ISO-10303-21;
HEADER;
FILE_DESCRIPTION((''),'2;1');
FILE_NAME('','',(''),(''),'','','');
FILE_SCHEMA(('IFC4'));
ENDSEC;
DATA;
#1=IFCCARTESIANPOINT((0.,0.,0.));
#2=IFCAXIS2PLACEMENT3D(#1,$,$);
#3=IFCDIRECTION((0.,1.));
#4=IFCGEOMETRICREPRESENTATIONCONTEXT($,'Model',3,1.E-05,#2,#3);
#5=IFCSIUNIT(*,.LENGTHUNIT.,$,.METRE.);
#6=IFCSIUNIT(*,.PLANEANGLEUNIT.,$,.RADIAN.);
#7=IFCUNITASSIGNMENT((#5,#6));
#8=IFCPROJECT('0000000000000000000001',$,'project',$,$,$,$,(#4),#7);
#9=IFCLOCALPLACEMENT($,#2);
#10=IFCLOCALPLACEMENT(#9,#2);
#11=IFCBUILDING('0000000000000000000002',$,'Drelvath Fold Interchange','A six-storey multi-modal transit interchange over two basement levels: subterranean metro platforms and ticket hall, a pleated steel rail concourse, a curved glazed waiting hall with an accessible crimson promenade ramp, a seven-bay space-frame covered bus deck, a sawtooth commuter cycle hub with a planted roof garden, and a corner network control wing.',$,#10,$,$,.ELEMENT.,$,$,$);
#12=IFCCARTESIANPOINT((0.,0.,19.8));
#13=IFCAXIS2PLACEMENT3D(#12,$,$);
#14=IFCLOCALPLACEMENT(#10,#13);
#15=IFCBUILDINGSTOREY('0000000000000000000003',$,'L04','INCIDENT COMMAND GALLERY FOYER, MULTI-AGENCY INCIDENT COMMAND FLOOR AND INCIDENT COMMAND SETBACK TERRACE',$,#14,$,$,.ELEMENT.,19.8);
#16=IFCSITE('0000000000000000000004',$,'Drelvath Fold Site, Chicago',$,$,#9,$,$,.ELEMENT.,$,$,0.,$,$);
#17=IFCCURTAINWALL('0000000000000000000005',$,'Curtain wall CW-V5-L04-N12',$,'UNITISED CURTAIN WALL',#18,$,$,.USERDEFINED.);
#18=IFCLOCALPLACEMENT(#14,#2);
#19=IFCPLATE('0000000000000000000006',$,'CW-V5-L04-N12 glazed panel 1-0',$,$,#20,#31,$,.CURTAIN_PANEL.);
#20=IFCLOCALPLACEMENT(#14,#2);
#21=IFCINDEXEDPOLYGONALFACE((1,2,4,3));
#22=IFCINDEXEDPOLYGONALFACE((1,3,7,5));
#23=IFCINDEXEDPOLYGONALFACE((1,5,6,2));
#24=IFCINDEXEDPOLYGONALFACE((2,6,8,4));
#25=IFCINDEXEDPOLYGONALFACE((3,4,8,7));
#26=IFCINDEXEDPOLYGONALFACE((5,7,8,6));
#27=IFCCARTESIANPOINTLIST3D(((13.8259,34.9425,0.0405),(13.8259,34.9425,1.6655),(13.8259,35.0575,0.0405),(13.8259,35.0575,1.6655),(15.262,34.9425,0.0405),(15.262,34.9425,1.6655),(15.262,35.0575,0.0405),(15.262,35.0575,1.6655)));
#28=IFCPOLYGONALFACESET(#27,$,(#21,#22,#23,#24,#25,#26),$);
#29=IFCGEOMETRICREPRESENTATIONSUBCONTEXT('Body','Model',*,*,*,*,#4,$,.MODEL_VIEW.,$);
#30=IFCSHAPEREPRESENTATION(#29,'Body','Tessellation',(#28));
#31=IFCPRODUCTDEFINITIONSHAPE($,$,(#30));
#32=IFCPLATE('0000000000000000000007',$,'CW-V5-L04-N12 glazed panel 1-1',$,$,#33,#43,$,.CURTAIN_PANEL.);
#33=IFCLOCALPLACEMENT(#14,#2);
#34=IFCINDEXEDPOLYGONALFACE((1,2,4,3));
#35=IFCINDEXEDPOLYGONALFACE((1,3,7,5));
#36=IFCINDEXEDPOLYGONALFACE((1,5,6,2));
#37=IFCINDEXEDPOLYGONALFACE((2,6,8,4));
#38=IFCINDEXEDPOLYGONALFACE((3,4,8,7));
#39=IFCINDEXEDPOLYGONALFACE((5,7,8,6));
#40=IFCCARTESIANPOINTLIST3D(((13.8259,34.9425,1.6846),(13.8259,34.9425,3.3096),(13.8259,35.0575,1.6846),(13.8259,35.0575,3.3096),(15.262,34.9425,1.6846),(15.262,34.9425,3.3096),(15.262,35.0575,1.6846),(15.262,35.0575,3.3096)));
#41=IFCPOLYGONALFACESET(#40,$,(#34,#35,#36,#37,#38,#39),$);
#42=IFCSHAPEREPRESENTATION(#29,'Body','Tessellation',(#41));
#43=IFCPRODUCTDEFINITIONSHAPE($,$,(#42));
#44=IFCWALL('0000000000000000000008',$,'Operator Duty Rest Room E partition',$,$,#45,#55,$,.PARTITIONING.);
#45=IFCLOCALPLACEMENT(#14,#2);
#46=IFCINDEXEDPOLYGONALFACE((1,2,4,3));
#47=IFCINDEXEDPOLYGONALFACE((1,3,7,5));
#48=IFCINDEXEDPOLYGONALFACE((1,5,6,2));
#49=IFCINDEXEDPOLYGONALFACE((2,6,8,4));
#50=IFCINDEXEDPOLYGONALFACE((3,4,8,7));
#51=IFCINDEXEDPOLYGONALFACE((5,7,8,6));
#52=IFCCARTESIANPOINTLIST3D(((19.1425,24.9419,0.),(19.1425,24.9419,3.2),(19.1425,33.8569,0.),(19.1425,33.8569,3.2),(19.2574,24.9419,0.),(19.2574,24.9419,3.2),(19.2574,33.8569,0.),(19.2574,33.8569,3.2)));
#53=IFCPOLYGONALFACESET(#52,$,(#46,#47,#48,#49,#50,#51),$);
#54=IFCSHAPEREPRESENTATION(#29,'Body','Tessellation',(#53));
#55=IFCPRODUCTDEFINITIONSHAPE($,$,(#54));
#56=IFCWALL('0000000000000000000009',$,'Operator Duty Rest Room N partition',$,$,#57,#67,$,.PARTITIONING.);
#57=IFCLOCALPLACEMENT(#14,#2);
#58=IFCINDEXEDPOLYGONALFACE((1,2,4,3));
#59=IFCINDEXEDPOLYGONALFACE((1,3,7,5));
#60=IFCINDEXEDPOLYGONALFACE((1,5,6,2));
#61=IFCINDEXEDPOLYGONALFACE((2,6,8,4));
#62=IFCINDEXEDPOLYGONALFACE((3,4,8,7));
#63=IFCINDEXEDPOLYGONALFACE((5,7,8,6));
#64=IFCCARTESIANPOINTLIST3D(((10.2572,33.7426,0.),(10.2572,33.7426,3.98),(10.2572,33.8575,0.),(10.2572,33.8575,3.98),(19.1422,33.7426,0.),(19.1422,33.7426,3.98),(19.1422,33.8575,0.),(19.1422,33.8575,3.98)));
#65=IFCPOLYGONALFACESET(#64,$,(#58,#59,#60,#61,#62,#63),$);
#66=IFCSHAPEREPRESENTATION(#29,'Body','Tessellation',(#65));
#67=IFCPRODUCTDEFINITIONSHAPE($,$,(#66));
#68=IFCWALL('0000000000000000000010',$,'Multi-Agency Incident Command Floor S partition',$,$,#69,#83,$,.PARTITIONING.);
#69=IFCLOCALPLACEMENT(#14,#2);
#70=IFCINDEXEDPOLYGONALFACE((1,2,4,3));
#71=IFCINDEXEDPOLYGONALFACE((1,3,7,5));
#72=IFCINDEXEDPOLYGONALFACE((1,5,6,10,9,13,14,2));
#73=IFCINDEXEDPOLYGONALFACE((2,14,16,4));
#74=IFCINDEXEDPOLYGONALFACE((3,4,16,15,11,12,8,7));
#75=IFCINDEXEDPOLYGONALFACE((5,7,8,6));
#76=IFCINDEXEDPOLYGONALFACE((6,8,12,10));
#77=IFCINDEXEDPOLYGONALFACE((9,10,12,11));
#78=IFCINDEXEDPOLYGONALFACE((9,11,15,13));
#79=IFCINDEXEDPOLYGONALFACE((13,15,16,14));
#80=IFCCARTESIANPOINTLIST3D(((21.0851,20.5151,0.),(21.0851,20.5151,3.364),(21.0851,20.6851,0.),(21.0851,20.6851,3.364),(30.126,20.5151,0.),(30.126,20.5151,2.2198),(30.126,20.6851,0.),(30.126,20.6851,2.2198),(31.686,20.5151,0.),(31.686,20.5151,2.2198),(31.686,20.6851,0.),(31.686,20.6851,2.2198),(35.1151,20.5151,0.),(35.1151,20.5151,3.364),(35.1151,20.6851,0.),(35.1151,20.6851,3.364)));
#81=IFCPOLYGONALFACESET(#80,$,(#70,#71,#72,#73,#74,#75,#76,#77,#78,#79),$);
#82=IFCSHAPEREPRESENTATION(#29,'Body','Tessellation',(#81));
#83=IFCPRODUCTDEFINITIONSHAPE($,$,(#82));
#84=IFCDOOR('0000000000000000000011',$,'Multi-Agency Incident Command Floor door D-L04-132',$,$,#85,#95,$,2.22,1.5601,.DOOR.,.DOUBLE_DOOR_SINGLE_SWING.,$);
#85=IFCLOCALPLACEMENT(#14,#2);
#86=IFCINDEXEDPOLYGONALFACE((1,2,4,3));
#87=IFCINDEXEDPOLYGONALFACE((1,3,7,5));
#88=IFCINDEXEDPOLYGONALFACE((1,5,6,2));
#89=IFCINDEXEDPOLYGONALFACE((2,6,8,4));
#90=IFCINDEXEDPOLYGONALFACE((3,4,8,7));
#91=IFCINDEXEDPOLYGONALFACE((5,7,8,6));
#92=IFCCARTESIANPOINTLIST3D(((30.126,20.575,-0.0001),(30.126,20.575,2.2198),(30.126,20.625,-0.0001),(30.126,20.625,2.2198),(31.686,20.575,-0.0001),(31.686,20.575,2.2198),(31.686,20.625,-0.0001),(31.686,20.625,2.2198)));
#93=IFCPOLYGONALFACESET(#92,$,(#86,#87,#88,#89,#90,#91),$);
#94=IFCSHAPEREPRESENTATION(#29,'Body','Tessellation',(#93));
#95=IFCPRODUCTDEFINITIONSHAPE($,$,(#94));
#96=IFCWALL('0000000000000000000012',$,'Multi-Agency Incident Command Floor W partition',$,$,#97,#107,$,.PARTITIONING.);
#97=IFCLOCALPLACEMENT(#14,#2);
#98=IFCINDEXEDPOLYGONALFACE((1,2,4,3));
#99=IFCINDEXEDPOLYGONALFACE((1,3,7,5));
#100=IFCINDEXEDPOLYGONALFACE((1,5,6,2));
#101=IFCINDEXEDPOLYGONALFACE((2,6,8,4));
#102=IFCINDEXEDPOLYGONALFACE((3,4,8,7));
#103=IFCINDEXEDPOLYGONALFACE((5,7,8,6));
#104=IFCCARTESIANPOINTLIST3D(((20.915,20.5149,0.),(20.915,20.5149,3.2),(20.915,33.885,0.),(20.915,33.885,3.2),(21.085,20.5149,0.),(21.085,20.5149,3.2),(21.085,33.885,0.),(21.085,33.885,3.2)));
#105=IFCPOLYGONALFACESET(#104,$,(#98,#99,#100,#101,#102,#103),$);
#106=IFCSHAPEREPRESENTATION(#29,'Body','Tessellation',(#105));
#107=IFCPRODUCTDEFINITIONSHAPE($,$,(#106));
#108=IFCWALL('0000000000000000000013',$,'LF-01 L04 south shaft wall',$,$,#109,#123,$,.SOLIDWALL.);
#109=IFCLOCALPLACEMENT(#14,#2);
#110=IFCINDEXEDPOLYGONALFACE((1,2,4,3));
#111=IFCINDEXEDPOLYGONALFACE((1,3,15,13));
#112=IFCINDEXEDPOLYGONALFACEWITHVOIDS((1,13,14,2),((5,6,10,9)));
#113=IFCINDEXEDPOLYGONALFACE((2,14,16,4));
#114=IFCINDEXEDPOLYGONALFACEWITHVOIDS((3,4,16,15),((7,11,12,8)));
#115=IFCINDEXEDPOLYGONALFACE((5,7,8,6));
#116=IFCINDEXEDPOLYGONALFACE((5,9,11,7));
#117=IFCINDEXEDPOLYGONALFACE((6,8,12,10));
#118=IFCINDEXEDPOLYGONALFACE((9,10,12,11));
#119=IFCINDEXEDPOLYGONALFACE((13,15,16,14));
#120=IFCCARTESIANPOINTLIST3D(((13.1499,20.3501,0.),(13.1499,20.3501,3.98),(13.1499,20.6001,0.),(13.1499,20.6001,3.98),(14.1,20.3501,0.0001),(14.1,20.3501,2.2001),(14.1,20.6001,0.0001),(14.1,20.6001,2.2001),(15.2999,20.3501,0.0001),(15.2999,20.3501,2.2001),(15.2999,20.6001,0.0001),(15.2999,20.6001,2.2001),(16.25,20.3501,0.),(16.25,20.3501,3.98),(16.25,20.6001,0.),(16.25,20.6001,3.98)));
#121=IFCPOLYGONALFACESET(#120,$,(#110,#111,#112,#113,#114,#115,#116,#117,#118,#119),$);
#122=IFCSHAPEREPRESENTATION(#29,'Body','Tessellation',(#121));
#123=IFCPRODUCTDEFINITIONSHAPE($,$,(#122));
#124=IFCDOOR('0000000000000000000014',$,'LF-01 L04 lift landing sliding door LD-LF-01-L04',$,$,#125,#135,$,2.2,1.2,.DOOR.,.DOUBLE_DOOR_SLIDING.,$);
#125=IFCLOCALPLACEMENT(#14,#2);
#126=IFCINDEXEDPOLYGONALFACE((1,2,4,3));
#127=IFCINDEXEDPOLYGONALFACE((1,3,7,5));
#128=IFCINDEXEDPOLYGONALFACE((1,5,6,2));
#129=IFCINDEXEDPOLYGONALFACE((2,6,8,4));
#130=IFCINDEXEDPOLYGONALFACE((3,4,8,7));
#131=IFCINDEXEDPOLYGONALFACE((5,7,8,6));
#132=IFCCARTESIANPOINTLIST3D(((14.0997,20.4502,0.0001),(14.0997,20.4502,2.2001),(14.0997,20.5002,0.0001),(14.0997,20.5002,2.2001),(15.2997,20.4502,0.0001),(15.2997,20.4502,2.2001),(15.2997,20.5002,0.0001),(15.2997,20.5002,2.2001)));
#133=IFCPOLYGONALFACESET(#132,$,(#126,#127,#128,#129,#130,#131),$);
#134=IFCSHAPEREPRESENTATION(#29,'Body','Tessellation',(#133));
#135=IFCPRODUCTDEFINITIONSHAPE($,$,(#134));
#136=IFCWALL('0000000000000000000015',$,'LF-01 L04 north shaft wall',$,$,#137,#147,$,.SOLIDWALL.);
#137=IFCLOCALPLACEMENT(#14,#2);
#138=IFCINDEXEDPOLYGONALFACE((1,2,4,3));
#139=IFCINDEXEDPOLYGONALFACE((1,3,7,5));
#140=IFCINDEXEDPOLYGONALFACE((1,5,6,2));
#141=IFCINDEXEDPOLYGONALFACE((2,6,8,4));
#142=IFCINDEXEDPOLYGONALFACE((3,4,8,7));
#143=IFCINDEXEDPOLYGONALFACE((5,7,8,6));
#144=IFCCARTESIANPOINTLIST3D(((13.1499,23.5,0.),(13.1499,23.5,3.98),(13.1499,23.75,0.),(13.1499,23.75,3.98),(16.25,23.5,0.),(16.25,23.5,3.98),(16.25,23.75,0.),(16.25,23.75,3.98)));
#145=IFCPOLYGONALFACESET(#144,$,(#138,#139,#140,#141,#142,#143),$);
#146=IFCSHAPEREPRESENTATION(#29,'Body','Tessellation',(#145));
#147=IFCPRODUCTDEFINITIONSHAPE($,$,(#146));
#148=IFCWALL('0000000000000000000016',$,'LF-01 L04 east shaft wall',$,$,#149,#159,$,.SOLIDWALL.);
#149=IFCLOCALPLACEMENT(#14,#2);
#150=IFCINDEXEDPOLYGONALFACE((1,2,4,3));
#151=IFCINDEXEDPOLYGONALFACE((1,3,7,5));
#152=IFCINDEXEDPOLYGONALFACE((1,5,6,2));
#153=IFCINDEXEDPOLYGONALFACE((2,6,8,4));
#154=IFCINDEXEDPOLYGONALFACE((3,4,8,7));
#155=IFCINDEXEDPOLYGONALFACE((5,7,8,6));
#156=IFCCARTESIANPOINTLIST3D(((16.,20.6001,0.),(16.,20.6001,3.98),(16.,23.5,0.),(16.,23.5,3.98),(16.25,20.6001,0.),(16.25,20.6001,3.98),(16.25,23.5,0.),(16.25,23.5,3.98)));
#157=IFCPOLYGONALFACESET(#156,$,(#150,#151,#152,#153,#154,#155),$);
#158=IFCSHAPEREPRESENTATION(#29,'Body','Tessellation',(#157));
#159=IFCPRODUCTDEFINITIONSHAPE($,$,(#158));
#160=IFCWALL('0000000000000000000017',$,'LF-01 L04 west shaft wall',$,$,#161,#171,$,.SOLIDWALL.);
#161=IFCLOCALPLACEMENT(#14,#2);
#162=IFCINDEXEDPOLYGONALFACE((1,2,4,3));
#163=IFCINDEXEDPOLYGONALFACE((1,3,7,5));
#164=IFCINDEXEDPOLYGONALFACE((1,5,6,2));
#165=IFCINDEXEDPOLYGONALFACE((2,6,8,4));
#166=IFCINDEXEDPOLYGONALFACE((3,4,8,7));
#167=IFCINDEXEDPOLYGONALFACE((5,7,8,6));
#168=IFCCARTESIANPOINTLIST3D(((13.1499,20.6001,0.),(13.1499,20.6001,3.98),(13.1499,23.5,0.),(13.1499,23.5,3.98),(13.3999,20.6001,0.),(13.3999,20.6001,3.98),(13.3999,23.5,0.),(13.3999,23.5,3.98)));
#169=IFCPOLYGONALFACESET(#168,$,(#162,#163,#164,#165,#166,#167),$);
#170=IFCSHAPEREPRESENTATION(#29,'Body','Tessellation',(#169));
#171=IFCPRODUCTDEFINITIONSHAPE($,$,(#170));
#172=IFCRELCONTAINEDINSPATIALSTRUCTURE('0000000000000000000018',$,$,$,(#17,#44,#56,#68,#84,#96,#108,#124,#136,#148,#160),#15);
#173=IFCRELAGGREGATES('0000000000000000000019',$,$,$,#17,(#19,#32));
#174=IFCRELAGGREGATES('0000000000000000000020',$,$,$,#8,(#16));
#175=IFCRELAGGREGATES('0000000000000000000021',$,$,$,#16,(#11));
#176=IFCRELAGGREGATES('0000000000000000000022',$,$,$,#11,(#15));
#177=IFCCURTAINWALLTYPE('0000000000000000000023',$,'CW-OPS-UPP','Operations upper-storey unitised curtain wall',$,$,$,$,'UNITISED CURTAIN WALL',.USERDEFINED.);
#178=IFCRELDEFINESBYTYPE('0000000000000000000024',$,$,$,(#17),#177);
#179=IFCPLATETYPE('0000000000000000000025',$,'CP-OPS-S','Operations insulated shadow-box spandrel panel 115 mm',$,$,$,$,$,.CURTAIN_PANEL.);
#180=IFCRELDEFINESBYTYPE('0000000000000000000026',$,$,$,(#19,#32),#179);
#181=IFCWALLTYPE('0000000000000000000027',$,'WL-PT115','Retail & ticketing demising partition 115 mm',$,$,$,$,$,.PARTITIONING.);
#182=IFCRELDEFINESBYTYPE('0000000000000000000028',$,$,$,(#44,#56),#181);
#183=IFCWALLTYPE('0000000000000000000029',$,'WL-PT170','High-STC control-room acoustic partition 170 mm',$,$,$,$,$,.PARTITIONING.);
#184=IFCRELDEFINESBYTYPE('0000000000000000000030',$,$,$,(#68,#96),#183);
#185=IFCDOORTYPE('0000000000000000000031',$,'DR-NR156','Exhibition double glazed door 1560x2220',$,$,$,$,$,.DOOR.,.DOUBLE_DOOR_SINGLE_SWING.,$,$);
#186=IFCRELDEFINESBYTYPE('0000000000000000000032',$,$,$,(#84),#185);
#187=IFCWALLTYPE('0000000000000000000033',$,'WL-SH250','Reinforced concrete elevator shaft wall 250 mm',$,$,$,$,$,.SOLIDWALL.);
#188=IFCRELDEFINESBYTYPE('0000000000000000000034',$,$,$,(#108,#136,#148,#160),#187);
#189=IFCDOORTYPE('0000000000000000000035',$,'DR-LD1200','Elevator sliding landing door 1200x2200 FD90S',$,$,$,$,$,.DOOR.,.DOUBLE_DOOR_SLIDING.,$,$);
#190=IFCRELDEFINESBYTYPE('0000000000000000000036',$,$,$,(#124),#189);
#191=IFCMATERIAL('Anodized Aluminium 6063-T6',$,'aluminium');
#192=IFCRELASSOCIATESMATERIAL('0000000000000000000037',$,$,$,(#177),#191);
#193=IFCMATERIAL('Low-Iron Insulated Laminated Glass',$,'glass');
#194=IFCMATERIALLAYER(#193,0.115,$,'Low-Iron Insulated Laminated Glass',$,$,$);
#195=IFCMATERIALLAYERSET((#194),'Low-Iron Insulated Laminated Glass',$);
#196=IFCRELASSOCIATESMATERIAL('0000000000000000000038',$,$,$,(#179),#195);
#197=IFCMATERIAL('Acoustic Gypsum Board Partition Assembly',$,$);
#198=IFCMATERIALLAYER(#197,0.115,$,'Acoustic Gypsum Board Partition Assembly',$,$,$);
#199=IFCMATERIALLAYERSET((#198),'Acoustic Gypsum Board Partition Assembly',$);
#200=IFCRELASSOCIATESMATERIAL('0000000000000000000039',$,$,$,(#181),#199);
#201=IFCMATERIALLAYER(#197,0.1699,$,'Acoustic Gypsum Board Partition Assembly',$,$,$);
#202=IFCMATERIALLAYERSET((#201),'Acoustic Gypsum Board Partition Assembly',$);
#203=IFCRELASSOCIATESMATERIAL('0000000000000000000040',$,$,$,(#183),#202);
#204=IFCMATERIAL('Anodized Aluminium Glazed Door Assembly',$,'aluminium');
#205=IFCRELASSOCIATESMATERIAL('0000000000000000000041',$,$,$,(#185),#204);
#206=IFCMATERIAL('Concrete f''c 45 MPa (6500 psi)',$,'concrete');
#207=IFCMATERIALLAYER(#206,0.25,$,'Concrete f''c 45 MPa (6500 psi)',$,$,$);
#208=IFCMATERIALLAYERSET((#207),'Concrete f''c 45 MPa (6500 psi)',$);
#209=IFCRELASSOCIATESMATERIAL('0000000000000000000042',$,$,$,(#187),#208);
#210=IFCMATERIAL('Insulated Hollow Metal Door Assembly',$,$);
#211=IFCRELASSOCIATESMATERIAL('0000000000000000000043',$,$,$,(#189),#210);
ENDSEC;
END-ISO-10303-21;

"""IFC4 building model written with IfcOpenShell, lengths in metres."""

from ifc_helpers import new_model, si_unit, direction, frame, frame_2d, origin, origin_2d, place, context, subcontext, project, spatial, rectangle, extrude, material, layer, layer_set, type_object, element, fill, aggregate, save


model = new_model("IFC4")

# Units and contexts
model_context = context("Model", 3, precision=1e-05, world=origin(), true_north=direction((0.0, 1.0)))
body_context = subcontext(model_context, "Body", "Model", "MODEL_VIEW")
ifc_project = project(units=[si_unit("LENGTHUNIT", "METRE"), si_unit("PLANEANGLEUNIT", "RADIAN")], contexts=[model_context])

# Site, building, storey
site_placement = place(None, origin())
site = spatial("IfcSite", under=ifc_project, at=site_placement, Name="Drelvath Fold Site, Chicago", CompositionType="ELEMENT", RefElevation=0.0)
building_placement = place(site_placement, origin())
building = spatial("IfcBuilding", under=site, at=building_placement, Name="Drelvath Fold Interchange", Description="A six-storey multi-modal transit interchange over two basement levels: subterranean metro platforms and ticket hall, a pleated steel rail concourse, a curved glazed waiting hall with an accessible crimson promenade ramp, a seven-bay space-frame covered bus deck, a sawtooth commuter cycle hub with a planted roof garden, and a corner network control wing.", CompositionType="ELEMENT")
storey_placement = place(building_placement, frame((0.0, 0.0, 19.8)))
storey = spatial("IfcBuildingStorey", under=building, at=storey_placement, Name="L04", Description="INCIDENT COMMAND GALLERY FOYER, MULTI-AGENCY INCIDENT COMMAND FLOOR AND INCIDENT COMMAND SETBACK TERRACE", CompositionType="ELEMENT", Elevation=19.8)

# Curtain wall, plates
ifc_material_1 = material(Name="Anodized Aluminium 6063-T6", Category="aluminium")
curtain_wall_type = type_object("IfcCurtainWallType", Name="CW-OPS-UPP", Description="Operations upper-storey unitised curtain wall", ElementType="UNITISED CURTAIN WALL", PredefinedType="USERDEFINED", material=ifc_material_1)
curtain_wall_placement = place(storey_placement, origin())
curtain_wall = element("IfcCurtainWall", 1, at=curtain_wall_placement, inside=storey, type_object=curtain_wall_type, Name="Curtain wall CW-V5-L04-N12", ObjectType="UNITISED CURTAIN WALL", PredefinedType="USERDEFINED")
ifc_material_2 = material(Name="Low-Iron Insulated Laminated Glass", Category="glass")
ifc_layer_1 = layer(ifc_material_2, 0.115, Name="Low-Iron Insulated Laminated Glass")
ifc_layer_set_1 = layer_set([ifc_layer_1], Name="Low-Iron Insulated Laminated Glass")
plate_type = type_object("IfcPlateType", Name="CP-OPS-S", Description="Operations insulated shadow-box spandrel panel 115 mm", PredefinedType="CURTAIN_PANEL", material=ifc_layer_set_1)
plate_1_placement = place(storey_placement, frame((14.5439, 35.0, 0.0405), z_axis=(0.0, 0.0, 1.0), x_axis=(1.0, 0.0, 0.0)))
plate_1 = element("IfcPlate", 2, at=plate_1_placement, type_object=plate_type, Name="CW-V5-L04-N12 glazed panel 1-0", PredefinedType="CURTAIN_PANEL", context=body_context, shape_type="SweptSolid", body=[
    extrude(rectangle(XDim=1.436, YDim=0.115, at=origin_2d()), origin(), (0.0, 0.0, 1.0), 1.625),
])
plate_2_placement = place(storey_placement, frame((14.5439, 35.0, 1.6846), z_axis=(0.0, 0.0, 1.0), x_axis=(1.0, 0.0, 0.0)))
plate_2 = element("IfcPlate", 3, at=plate_2_placement, type_object=plate_type, Name="CW-V5-L04-N12 glazed panel 1-1", PredefinedType="CURTAIN_PANEL", context=body_context, shape_type="SweptSolid", body=[
    extrude(rectangle(XDim=1.436, YDim=0.115, at=origin_2d()), origin(), (0.0, 0.0, 1.0), 1.625),
])
aggregate(curtain_wall, [plate_1, plate_2])

# Walls
ifc_material_3 = material(Name="Acoustic Gypsum Board Partition Assembly")
ifc_layer_2 = layer(ifc_material_3, 0.115, Name="Acoustic Gypsum Board Partition Assembly")
ifc_layer_set_2 = layer_set([ifc_layer_2], Name="Acoustic Gypsum Board Partition Assembly")
wall_type_1 = type_object("IfcWallType", Name="WL-PT115", Description="Retail & ticketing demising partition 115 mm", PredefinedType="PARTITIONING", material=ifc_layer_set_2)
wall_1_placement = place(storey_placement, frame((19.2, 24.9419, 0.0), z_axis=(0.0, 0.0, 1.0), x_axis=(0.0, 1.0, 0.0)))
element("IfcWall", 4, at=wall_1_placement, inside=storey, type_object=wall_type_1, Name="Operator Duty Rest Room E partition", PredefinedType="PARTITIONING", context=body_context, shape_type="SweptSolid", body=[
    extrude(rectangle(XDim=8.915, YDim=0.115, at=frame_2d((4.4575, 0.0))), origin(), (0.0, 0.0, 1.0), 3.2),
])
wall_2_placement = place(storey_placement, frame((19.1421, 33.8, 0.0), z_axis=(0.0, 0.0, 1.0), x_axis=(-1.0, 0.0, 0.0)))
element("IfcWall", 5, at=wall_2_placement, inside=storey, type_object=wall_type_1, Name="Operator Duty Rest Room N partition", PredefinedType="PARTITIONING", context=body_context, shape_type="SweptSolid", body=[
    extrude(rectangle(XDim=8.885, YDim=0.115, at=frame_2d((4.4424, 0.0))), origin(), (0.0, 0.0, 1.0), 3.98),
])

# Wall, opening, door
ifc_layer_3 = layer(ifc_material_3, 0.1699, Name="Acoustic Gypsum Board Partition Assembly")
ifc_layer_set_3 = layer_set([ifc_layer_3], Name="Acoustic Gypsum Board Partition Assembly")
wall_type_2 = type_object("IfcWallType", Name="WL-PT170", Description="High-STC control-room acoustic partition 170 mm", PredefinedType="PARTITIONING", material=ifc_layer_set_3)
wall_3_placement = place(storey_placement, frame((21.085, 20.6001, 0.0), z_axis=(0.0, 0.0, 1.0), x_axis=(1.0, 0.0, 0.0)))
wall_3 = element("IfcWall", 6, at=wall_3_placement, inside=storey, type_object=wall_type_2, Name="Multi-Agency Incident Command Floor S partition", PredefinedType="PARTITIONING", context=body_context, shape_type="SweptSolid", body=[
    extrude(rectangle(XDim=14.03, YDim=0.1699, at=frame_2d((7.0151, 0.0))), origin(), (0.0, 0.0, 1.0), 3.364),
])
opening_1_placement = place(wall_3_placement, frame((9.041, 0.0, 0.0)))
opening_1 = element("IfcOpeningElement", 7, at=opening_1_placement, cuts=wall_3, PredefinedType="OPENING", context=body_context, shape_type="SweptSolid", body=[
    extrude(rectangle(XDim=1.5601, YDim=2.22, at=frame_2d((0.78, 1.1099))), frame((0.0, 0.095, 0.0), z_axis=(0.0, -1.0, 0.0), x_axis=(1.0, 0.0, 0.0)), (0.0, 0.0, 1.0), 0.1899),
])
ifc_material_4 = material(Name="Anodized Aluminium Glazed Door Assembly", Category="aluminium")
door_type_1 = type_object("IfcDoorType", Name="DR-NR156", Description="Exhibition double glazed door 1560x2220", OperationType="DOUBLE_DOOR_SINGLE_SWING", PredefinedType="DOOR", material=ifc_material_4)
door_1_placement = place(opening_1_placement, origin())
door_1 = element("IfcDoor", 8, at=door_1_placement, inside=storey, type_object=door_type_1, Name="Multi-Agency Incident Command Floor door D-L04-132", OperationType="DOUBLE_DOOR_SINGLE_SWING", OverallHeight=2.22, OverallWidth=1.5601, PredefinedType="DOOR", context=body_context, shape_type="SweptSolid", body=[
    extrude(rectangle(XDim=1.5601, YDim=2.22, at=frame_2d((0.78, 1.1099))), frame((0.0, 0.0249, 0.0), z_axis=(0.0, -1.0, 0.0), x_axis=(1.0, 0.0, 0.0)), (0.0, 0.0, 1.0), 0.05),
])
fill(opening_1, door_1)

# Wall
wall_4_placement = place(storey_placement, frame((21.0, 33.885, 0.0), z_axis=(0.0, 0.0, 1.0), x_axis=(0.0, -1.0, 0.0)))
element("IfcWall", 9, at=wall_4_placement, inside=storey, type_object=wall_type_2, Name="Multi-Agency Incident Command Floor W partition", PredefinedType="PARTITIONING", context=body_context, shape_type="SweptSolid", body=[
    extrude(rectangle(XDim=13.3701, YDim=0.1699, at=frame_2d((6.6851, 0.0))), origin(), (0.0, 0.0, 1.0), 3.2),
])

# Wall, opening, door
ifc_material_5 = material(Name="Concrete f'c 45 MPa (6500 psi)", Category="concrete")
ifc_layer_4 = layer(ifc_material_5, 0.25, Name="Concrete f'c 45 MPa (6500 psi)")
ifc_layer_set_4 = layer_set([ifc_layer_4], Name="Concrete f'c 45 MPa (6500 psi)")
wall_type_3 = type_object("IfcWallType", Name="WL-SH250", Description="Reinforced concrete elevator shaft wall 250 mm", PredefinedType="SOLIDWALL", material=ifc_layer_set_4)
wall_5_placement = place(storey_placement, frame((13.1499, 20.4751, 0.0), z_axis=(0.0, 0.0, 1.0), x_axis=(1.0, 0.0, 0.0)))
wall_5 = element("IfcWall", 10, at=wall_5_placement, inside=storey, type_object=wall_type_3, Name="LF-01 L04 south shaft wall", PredefinedType="SOLIDWALL", context=body_context, shape_type="SweptSolid", body=[
    extrude(rectangle(XDim=3.1001, YDim=0.25, at=frame_2d((1.55, 0.0))), origin(), (0.0, 0.0, 1.0), 3.98),
])
opening_2_placement = place(wall_5_placement, frame((0.95, 0.0, 0.0)))
opening_2 = element("IfcOpeningElement", 11, at=opening_2_placement, cuts=wall_5, PredefinedType="OPENING", context=body_context, shape_type="SweptSolid", body=[
    extrude(rectangle(XDim=1.2, YDim=2.2, at=frame_2d((0.6001, 1.1001))), frame((0.0, 0.135, 0.0), z_axis=(0.0, -1.0, 0.0), x_axis=(1.0, 0.0, 0.0)), (0.0, 0.0, 1.0), 0.27),
])
ifc_material_6 = material(Name="Insulated Hollow Metal Door Assembly")
door_type_2 = type_object("IfcDoorType", Name="DR-LD1200", Description="Elevator sliding landing door 1200x2200 FD90S", OperationType="DOUBLE_DOOR_SLIDING", PredefinedType="DOOR", material=ifc_material_6)
door_2_placement = place(opening_2_placement, frame((1.2, 0.0, 0.0), z_axis=(0.0, 0.0, 1.0), x_axis=(-1.0, 0.0, 0.0)))
door_2 = element("IfcDoor", 12, at=door_2_placement, inside=storey, type_object=door_type_2, Name="LF-01 L04 lift landing sliding door LD-LF-01-L04", OperationType="DOUBLE_DOOR_SLIDING", OverallHeight=2.2, OverallWidth=1.2, PredefinedType="DOOR", context=body_context, shape_type="SweptSolid", body=[
    extrude(rectangle(XDim=1.2, YDim=2.2, at=frame_2d((0.6001, 1.1001))), frame((0.0, 0.0249, 0.0), z_axis=(0.0, -1.0, 0.0), x_axis=(1.0, 0.0, 0.0)), (0.0, 0.0, 1.0), 0.05),
])
fill(opening_2, door_2)

# Walls
wall_6_placement = place(storey_placement, frame((16.25, 23.625, 0.0), z_axis=(0.0, 0.0, 1.0), x_axis=(-1.0, 0.0, 0.0)))
element("IfcWall", 13, at=wall_6_placement, inside=storey, type_object=wall_type_3, Name="LF-01 L04 north shaft wall", PredefinedType="SOLIDWALL", context=body_context, shape_type="SweptSolid", body=[
    extrude(rectangle(XDim=3.1001, YDim=0.25, at=frame_2d((1.55, 0.0))), origin(), (0.0, 0.0, 1.0), 3.98),
])
for number, where, z_axis, x_axis, name in (
    (14, (16.125, 20.6001, 0.0), (0.0, 0.0, 1.0), (0.0, 1.0, 0.0), "LF-01 L04 east shaft wall"),
    (15, (13.2749, 23.5, 0.0), (0.0, 0.0, 1.0), (0.0, -1.0, 0.0), "LF-01 L04 west shaft wall"),
):
    element("IfcWall", number, at=place(storey_placement, frame(where, z_axis=z_axis, x_axis=x_axis)), inside=storey, type_object=wall_type_3, Name=name, PredefinedType="SOLIDWALL", context=body_context, shape_type="SweptSolid", body=[
        extrude(rectangle(XDim=2.8999, YDim=0.25, at=frame_2d((1.45, 0.0))), origin(), (0.0, 0.0, 1.0), 3.98),
    ])

save(model, "model.ifc")
